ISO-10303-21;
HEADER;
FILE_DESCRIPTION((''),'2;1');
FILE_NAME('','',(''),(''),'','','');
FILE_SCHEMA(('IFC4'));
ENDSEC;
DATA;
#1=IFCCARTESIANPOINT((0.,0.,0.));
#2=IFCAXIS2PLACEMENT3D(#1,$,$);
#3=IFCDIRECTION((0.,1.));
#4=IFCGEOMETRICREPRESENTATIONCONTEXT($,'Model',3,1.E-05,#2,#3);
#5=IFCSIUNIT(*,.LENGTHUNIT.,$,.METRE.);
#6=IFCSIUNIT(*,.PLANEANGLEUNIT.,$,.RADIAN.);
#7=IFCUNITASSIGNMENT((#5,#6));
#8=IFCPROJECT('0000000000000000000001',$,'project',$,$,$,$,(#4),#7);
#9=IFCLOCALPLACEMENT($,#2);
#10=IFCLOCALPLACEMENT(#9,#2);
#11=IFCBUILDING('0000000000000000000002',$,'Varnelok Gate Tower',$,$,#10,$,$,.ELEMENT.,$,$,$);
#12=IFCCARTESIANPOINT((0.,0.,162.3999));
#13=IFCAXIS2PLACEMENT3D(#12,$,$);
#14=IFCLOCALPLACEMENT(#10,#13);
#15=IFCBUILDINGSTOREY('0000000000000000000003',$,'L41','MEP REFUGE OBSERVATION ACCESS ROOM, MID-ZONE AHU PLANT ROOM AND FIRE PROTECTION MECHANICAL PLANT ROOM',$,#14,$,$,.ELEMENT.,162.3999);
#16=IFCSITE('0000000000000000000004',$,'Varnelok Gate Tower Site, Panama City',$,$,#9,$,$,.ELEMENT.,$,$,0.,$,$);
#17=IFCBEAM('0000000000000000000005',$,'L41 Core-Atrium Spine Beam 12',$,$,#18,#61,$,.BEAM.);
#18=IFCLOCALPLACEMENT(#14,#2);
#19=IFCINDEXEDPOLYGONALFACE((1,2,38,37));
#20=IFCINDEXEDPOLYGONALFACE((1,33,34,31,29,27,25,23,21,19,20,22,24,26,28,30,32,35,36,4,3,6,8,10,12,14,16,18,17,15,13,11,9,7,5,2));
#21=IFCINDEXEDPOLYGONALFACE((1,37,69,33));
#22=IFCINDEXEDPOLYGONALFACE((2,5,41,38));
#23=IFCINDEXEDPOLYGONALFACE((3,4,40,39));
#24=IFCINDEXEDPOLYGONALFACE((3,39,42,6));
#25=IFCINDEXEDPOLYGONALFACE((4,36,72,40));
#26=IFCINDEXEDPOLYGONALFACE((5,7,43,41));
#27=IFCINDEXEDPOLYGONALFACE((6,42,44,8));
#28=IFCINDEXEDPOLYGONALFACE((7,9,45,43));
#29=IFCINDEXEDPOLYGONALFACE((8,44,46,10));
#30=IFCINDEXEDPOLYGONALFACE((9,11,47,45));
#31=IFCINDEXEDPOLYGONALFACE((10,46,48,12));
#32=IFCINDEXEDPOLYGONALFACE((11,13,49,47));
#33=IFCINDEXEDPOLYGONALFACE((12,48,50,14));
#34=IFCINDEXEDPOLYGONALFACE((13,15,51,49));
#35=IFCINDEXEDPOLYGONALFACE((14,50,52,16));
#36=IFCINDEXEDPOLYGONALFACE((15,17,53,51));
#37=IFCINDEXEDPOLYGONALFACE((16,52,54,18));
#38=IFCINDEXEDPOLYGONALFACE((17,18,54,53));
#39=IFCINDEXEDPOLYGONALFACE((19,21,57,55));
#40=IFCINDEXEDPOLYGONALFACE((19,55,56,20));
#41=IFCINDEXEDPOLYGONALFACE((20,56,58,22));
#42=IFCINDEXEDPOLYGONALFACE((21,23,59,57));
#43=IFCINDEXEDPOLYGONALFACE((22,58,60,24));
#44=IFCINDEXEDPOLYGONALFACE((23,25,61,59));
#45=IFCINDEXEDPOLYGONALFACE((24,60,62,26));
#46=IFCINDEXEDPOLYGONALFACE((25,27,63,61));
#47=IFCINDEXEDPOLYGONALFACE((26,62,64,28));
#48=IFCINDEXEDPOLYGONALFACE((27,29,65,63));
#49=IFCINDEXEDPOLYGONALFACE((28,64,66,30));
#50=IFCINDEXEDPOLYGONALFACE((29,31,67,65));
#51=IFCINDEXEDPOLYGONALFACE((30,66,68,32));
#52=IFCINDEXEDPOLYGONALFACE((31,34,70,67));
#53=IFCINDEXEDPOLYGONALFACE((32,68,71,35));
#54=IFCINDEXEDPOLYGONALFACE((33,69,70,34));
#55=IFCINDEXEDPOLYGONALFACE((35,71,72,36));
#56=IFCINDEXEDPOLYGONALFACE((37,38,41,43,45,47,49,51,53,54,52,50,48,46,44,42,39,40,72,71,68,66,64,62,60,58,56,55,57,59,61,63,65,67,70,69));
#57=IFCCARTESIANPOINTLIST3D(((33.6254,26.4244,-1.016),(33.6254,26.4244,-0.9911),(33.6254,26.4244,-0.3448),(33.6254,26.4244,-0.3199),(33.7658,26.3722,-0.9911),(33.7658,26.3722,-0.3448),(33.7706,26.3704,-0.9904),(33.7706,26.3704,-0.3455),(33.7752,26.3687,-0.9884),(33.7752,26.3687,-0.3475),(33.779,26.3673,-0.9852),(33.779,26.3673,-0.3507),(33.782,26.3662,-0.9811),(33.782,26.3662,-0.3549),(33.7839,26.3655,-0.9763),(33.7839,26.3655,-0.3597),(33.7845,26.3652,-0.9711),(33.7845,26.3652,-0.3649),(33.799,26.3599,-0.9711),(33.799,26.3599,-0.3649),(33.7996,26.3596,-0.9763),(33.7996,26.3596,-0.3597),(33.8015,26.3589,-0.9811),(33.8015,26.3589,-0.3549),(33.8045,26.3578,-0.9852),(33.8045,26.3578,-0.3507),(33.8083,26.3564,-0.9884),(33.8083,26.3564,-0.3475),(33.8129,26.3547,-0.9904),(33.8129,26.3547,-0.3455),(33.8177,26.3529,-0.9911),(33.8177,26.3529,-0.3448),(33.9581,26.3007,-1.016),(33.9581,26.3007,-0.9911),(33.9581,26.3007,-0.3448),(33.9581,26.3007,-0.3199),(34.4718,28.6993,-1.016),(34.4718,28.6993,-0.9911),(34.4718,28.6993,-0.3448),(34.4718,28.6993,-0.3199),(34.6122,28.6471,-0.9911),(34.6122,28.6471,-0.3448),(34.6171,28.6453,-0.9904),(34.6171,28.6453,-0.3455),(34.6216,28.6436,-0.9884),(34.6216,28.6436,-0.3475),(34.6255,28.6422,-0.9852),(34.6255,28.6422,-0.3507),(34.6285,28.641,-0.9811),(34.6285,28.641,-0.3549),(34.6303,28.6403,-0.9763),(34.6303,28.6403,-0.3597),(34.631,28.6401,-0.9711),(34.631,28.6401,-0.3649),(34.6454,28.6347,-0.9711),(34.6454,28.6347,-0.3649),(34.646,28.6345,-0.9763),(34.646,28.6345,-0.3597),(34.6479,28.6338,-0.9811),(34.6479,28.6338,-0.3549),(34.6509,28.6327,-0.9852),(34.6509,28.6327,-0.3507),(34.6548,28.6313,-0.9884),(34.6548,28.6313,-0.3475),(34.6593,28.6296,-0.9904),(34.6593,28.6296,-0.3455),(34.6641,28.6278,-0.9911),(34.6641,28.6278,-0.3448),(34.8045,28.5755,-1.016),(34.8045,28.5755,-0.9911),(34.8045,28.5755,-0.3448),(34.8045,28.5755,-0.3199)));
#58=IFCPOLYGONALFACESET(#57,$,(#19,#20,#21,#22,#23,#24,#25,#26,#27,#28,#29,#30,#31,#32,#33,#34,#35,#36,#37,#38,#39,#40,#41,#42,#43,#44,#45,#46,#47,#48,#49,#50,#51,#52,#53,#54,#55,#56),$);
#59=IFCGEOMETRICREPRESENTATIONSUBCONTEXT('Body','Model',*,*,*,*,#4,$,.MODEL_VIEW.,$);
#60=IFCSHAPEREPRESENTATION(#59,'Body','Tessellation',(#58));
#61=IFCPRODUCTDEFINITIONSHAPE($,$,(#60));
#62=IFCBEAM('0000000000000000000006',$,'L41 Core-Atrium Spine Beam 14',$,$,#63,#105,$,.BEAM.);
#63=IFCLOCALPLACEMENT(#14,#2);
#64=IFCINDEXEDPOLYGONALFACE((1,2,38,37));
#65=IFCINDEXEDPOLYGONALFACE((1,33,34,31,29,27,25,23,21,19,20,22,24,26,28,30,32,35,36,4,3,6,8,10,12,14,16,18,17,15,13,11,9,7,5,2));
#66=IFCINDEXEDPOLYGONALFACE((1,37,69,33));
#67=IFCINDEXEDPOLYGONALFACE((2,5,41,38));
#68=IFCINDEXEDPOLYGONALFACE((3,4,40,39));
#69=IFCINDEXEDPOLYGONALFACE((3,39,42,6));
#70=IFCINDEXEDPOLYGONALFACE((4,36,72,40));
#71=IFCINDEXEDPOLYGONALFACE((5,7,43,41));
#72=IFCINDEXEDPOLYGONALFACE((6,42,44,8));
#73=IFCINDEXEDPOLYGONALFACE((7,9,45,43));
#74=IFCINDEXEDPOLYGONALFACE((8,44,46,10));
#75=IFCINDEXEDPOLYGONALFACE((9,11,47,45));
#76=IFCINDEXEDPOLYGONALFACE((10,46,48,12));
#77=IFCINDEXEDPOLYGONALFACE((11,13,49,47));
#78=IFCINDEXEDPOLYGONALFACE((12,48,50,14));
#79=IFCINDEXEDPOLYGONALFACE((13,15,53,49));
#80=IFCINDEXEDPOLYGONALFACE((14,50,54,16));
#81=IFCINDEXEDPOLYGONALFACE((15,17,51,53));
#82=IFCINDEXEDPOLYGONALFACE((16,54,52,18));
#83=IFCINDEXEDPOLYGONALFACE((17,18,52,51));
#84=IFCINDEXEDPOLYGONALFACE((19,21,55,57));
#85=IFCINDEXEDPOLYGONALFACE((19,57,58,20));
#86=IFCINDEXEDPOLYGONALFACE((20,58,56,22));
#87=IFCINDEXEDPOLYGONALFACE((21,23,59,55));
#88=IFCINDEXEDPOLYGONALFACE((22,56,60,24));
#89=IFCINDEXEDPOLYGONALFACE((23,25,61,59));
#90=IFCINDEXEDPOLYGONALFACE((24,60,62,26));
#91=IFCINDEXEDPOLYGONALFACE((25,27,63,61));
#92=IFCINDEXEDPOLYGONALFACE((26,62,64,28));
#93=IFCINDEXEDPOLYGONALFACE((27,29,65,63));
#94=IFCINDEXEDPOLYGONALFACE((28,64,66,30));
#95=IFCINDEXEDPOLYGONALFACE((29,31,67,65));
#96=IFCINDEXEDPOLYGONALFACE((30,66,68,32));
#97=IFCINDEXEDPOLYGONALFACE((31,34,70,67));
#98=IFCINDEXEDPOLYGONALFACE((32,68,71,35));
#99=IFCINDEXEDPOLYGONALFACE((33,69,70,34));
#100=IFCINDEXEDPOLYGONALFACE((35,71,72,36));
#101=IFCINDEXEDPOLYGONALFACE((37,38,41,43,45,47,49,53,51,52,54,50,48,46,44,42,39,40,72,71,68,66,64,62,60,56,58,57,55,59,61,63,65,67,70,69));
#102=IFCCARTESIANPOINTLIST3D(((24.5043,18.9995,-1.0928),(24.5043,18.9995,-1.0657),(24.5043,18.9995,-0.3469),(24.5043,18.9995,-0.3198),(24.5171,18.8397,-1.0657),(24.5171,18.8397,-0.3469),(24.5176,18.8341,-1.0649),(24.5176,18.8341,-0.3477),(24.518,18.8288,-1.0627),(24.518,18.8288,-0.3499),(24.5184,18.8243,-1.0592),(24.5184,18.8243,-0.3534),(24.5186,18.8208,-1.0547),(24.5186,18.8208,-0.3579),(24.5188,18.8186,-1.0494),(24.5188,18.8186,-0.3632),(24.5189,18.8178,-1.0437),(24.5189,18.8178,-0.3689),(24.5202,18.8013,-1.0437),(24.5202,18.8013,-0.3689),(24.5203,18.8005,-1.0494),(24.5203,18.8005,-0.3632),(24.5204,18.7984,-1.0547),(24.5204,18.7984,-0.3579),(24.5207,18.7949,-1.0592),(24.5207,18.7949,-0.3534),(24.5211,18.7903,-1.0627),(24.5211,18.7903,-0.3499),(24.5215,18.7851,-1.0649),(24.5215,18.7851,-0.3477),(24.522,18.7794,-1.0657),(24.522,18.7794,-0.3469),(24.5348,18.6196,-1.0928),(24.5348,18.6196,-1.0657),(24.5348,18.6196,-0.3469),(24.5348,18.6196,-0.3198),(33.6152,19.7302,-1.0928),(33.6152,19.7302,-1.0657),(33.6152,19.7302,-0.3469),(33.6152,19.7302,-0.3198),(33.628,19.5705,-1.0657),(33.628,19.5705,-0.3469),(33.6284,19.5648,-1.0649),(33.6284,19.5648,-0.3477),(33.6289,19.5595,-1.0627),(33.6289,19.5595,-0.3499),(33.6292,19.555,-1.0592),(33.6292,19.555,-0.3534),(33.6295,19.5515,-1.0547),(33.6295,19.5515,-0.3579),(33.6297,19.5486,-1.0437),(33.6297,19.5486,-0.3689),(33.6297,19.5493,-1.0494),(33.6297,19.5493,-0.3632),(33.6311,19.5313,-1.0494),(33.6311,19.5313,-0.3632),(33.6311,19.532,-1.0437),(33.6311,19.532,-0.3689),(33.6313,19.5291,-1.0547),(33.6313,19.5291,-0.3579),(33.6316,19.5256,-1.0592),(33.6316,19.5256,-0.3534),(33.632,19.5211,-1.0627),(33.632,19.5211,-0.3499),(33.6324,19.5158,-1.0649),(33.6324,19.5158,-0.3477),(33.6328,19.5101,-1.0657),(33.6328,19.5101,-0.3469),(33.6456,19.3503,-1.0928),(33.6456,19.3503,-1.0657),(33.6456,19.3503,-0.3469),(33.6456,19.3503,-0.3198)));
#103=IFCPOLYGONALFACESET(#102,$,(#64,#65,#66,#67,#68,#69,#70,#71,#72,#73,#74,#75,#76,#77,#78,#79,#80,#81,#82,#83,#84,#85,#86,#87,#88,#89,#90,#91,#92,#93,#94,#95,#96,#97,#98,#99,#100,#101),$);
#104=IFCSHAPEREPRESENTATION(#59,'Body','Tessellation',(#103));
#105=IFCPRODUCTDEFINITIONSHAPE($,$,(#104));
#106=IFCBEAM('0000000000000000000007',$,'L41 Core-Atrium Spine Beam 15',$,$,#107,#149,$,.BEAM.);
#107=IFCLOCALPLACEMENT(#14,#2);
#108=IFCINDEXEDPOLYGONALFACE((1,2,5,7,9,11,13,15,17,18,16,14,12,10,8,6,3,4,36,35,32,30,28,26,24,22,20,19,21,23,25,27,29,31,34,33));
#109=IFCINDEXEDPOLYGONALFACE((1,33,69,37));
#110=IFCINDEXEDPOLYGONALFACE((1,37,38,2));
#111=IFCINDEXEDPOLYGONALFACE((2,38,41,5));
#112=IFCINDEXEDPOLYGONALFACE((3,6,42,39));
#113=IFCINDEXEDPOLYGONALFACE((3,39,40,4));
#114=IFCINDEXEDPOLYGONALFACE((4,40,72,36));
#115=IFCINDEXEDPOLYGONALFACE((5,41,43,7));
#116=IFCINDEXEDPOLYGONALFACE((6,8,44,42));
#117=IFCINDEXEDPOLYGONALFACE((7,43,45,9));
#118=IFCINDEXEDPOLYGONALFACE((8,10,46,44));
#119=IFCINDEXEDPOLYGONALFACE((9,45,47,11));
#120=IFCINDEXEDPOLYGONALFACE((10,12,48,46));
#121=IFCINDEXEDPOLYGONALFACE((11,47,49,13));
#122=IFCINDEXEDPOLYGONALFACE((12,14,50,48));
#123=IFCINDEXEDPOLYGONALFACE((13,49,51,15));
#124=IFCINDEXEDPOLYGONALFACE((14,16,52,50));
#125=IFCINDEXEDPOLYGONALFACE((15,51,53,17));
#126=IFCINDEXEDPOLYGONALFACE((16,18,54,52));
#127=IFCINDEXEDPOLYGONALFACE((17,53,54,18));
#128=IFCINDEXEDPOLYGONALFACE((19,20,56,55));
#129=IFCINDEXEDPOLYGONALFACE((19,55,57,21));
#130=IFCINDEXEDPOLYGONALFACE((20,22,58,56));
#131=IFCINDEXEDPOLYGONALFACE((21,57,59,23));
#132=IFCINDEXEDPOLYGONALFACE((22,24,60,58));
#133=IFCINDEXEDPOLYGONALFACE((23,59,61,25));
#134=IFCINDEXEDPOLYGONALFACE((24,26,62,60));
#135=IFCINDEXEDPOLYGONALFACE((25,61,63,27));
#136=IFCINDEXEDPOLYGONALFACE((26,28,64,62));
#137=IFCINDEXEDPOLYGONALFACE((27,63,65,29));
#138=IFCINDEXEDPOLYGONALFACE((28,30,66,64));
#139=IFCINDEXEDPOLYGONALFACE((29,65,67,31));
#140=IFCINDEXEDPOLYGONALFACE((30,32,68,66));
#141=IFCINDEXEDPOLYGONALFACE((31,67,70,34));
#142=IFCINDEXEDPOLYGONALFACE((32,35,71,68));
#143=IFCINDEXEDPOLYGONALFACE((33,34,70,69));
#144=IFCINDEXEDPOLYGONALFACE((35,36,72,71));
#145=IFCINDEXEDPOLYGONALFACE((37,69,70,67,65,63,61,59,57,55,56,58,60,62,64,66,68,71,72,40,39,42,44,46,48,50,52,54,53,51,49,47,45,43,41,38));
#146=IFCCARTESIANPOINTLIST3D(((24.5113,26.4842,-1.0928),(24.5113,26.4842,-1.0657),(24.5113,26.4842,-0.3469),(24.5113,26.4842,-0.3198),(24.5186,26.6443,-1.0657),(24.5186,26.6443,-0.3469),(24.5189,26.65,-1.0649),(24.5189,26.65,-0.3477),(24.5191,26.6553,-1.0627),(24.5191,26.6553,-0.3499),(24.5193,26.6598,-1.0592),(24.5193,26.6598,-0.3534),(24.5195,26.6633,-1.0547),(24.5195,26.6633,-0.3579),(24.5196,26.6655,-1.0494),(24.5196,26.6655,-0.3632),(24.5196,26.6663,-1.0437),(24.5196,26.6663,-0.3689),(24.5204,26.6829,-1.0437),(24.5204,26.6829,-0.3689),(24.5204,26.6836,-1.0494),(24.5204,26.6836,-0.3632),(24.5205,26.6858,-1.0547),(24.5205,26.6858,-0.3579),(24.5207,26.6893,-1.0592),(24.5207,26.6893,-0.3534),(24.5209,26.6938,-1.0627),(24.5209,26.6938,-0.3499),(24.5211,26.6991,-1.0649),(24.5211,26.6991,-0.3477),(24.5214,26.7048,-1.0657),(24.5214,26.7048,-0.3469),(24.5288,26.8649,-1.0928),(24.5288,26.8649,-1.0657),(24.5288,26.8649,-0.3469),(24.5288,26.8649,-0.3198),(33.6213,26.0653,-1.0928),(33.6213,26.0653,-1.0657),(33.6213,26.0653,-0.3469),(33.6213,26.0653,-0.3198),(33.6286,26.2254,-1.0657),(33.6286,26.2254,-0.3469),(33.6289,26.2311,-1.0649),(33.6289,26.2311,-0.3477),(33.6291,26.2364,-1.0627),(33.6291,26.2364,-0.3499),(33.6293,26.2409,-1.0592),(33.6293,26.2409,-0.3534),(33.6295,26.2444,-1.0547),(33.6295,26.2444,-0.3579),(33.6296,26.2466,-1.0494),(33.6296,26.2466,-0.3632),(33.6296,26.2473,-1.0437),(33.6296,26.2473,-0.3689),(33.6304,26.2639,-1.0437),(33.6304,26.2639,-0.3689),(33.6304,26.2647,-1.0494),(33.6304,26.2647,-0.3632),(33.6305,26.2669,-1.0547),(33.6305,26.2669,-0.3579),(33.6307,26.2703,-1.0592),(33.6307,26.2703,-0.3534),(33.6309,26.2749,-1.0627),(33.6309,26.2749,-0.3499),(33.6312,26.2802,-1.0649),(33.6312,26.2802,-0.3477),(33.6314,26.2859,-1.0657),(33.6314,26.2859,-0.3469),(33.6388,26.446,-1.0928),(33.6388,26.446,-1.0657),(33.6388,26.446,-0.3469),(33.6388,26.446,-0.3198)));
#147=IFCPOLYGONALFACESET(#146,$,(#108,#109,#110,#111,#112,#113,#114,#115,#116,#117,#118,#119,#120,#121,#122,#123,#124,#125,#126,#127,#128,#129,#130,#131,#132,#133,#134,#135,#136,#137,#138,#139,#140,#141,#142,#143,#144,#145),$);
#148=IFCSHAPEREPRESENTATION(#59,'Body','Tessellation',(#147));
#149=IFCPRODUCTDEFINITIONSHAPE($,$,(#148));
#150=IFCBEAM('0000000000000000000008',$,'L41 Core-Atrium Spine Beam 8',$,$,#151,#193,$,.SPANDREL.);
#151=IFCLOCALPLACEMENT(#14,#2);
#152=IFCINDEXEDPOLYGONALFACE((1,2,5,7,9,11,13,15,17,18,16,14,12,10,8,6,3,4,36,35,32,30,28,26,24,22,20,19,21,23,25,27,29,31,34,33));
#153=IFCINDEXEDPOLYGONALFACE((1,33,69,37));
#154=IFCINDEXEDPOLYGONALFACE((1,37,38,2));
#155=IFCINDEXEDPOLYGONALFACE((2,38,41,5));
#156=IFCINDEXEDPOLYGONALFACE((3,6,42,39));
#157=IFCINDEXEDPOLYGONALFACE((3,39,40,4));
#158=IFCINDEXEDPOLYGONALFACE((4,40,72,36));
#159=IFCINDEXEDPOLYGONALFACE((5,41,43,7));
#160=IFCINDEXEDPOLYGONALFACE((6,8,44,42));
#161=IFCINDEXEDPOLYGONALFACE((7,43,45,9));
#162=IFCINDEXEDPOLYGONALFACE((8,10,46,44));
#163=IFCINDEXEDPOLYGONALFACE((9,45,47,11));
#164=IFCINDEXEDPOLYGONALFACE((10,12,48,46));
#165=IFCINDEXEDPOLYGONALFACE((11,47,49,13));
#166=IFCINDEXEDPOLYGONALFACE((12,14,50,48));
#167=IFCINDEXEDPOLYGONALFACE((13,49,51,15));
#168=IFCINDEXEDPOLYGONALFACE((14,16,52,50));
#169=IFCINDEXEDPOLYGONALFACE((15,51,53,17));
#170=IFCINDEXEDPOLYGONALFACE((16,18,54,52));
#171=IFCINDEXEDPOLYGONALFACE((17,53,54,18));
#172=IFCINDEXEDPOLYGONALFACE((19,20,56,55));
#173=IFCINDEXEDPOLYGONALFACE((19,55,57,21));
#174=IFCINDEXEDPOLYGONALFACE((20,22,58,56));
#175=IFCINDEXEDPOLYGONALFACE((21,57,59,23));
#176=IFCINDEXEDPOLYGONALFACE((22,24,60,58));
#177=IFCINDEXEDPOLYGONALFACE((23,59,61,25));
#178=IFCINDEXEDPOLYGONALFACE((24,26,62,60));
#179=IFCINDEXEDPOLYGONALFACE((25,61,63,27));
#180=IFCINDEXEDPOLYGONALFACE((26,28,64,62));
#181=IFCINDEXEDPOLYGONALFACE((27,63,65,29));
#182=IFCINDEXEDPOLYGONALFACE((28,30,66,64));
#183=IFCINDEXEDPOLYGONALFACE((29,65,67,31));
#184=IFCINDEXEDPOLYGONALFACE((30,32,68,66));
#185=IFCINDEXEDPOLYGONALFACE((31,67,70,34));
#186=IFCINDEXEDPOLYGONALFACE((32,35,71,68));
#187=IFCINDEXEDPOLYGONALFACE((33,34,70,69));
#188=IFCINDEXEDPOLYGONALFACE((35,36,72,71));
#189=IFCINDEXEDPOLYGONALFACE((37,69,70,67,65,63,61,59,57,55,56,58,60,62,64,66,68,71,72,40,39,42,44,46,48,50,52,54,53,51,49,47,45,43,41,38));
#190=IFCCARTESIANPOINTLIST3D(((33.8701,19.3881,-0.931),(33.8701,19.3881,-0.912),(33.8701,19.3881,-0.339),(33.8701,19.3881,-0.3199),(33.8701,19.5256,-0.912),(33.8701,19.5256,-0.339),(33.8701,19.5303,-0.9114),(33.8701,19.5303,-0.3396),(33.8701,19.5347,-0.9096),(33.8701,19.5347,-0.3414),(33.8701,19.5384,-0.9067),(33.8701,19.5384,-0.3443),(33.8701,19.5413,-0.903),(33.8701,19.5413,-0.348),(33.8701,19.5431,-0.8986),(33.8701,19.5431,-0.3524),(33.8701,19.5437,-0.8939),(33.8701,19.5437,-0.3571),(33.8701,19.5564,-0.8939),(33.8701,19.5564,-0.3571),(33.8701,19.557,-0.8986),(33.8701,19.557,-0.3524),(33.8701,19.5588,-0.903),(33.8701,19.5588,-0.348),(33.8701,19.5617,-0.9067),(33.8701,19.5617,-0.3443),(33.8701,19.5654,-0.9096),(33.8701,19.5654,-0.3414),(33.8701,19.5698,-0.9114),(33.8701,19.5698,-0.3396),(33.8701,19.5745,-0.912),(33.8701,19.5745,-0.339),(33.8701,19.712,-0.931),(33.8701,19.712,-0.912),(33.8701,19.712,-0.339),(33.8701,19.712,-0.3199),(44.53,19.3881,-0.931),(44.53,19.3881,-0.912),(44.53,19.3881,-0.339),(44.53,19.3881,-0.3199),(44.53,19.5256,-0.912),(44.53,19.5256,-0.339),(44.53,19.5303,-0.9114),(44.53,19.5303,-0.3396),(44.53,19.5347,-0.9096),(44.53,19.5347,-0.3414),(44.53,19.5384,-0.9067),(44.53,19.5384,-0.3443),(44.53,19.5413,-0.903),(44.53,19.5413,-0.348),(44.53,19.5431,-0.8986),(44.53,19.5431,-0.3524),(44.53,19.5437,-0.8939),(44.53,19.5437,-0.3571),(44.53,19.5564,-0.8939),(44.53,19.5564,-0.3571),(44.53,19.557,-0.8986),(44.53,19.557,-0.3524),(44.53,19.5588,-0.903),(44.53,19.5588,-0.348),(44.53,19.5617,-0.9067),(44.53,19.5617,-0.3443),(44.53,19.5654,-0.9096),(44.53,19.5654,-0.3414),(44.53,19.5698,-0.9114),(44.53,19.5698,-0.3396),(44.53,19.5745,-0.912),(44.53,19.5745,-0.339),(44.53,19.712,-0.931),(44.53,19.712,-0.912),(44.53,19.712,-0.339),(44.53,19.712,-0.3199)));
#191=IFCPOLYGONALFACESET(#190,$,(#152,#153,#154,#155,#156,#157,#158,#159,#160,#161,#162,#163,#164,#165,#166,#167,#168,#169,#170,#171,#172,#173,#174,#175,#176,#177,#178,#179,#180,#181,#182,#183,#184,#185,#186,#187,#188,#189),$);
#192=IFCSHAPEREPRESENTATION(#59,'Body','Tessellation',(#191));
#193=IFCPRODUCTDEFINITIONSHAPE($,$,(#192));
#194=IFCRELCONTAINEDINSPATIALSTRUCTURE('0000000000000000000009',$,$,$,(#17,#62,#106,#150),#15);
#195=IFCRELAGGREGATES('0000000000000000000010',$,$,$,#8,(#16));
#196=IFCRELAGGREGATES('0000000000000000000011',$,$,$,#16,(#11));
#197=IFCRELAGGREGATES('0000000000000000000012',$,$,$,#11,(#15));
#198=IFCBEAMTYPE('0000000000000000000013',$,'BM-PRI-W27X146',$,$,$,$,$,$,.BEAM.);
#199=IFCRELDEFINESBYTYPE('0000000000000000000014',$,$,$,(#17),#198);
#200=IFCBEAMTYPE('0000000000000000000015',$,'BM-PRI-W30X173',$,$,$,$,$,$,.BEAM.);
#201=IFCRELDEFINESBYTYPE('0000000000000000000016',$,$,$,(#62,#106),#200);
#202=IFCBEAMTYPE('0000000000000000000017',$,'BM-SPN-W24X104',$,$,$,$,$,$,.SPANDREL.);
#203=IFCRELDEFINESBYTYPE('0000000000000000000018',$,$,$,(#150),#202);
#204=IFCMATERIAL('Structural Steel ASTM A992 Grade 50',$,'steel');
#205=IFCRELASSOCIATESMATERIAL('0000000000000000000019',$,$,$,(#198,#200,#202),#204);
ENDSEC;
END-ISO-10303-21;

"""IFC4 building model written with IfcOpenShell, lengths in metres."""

from ifc_helpers import new_model, si_unit, direction, frame, origin, origin_2d, place, context, subcontext, project, spatial, i_section, extrude, material, material_profile, profile_set, type_object, element, save


model = new_model("IFC4")

# Units and contexts
model_context = context("Model", 3, precision=1e-05, world=origin(), true_north=direction((0.0, 1.0)))
body_context = subcontext(model_context, "Body", "Model", "MODEL_VIEW")
ifc_project = project(units=[si_unit("LENGTHUNIT", "METRE"), si_unit("PLANEANGLEUNIT", "RADIAN")], contexts=[model_context])

# Site, building, storey
site_placement = place(None, origin())
site = spatial("IfcSite", under=ifc_project, at=site_placement, Name="Varnelok Gate Tower Site, Panama City", CompositionType="ELEMENT", RefElevation=0.0)
building_placement = place(site_placement, origin())
building = spatial("IfcBuilding", under=site, at=building_placement, Name="Varnelok Gate Tower", CompositionType="ELEMENT")
storey_placement = place(building_placement, frame((0.0, 0.0, 162.3999)))
storey = spatial("IfcBuildingStorey", under=building, at=storey_placement, Name="L41", Description="MEP REFUGE OBSERVATION ACCESS ROOM, MID-ZONE AHU PLANT ROOM AND FIRE PROTECTION MECHANICAL PLANT ROOM", CompositionType="ELEMENT", Elevation=162.3999)

# Shared definitions
ifc_material_1 = material(Name="Structural Steel ASTM A992 Grade 50", Category="steel")

# Beams
ifc_material_profile_1 = material_profile(ifc_material_1, i_section(OverallWidth=0.355, OverallDepth=0.696, WebThickness=0.0154, FlangeThickness=0.0249, FilletRadius=0.02, at=origin_2d()), Name="W27X146")
ifc_profile_set_1 = profile_set([ifc_material_profile_1], Name="Structural Steel ASTM A992 Grade 50")
beam_type_1 = type_object("IfcBeamType", Name="BM-PRI-W27X146", PredefinedType="BEAM", material=ifc_profile_set_1)
beam_1_placement = place(storey_placement, frame((33.7917, 26.3625, -0.668), z_axis=(0.348719, 0.937227, 0.0), x_axis=(-0.937227, 0.348719, 0.0)))
element("IfcBeam", 1, at=beam_1_placement, inside=storey, type_object=beam_type_1, Name="L41 Core-Atrium Spine Beam 12", PredefinedType="BEAM", context=body_context, shape_type="SweptSolid", body=[
    extrude(i_section(OverallWidth=0.355, OverallDepth=0.696, WebThickness=0.0154, FlangeThickness=0.0249, FilletRadius=0.02, at=origin_2d()), origin(), (0.0, 0.0, 1.0), 2.4272),
])
ifc_material_profile_2 = material_profile(ifc_material_1, i_section(OverallWidth=0.3811, OverallDepth=0.7729, WebThickness=0.0166, FlangeThickness=0.0271, FilletRadius=0.022, at=origin_2d()), Name="W30X173")
ifc_profile_set_2 = profile_set([ifc_material_profile_2], Name="Structural Steel ASTM A992 Grade 50")
beam_type_2 = type_object("IfcBeamType", Name="BM-PRI-W30X173", PredefinedType="BEAM", material=ifc_profile_set_2)
beam_2_placement = place(storey_placement, frame((24.5195, 18.8096, -0.7063), z_axis=(0.996799, 0.079946, 0.0), x_axis=(-0.079946, 0.996799, 0.0)))
element("IfcBeam", 2, at=beam_2_placement, inside=storey, type_object=beam_type_2, Name="L41 Core-Atrium Spine Beam 14", PredefinedType="BEAM", context=body_context, shape_type="SweptSolid", body=[
    extrude(i_section(OverallWidth=0.3811, OverallDepth=0.7729, WebThickness=0.0166, FlangeThickness=0.0271, FilletRadius=0.022, at=origin_2d()), origin(), (0.0, 0.0, 1.0), 9.1401),
])
beam_3_placement = place(storey_placement, frame((24.52, 26.6746, -0.7063), z_axis=(0.998944, -0.045938, 0.0), x_axis=(0.045938, 0.998944, 0.0)))
element("IfcBeam", 3, at=beam_3_placement, inside=storey, type_object=beam_type_2, Name="L41 Core-Atrium Spine Beam 15", PredefinedType="BEAM", context=body_context, shape_type="SweptSolid", body=[
    extrude(i_section(OverallWidth=0.3811, OverallDepth=0.7729, WebThickness=0.0166, FlangeThickness=0.0271, FilletRadius=0.022, at=origin_2d()), origin(), (0.0, 0.0, 1.0), 9.1196),
])
ifc_material_profile_3 = material_profile(ifc_material_1, i_section(OverallWidth=0.324, OverallDepth=0.6111, WebThickness=0.0127, FlangeThickness=0.019, FilletRadius=0.0181, at=origin_2d()), Name="W24X104")
ifc_profile_set_3 = profile_set([ifc_material_profile_3], Name="Structural Steel ASTM A992 Grade 50")
beam_type_3 = type_object("IfcBeamType", Name="BM-SPN-W24X104", PredefinedType="SPANDREL", material=ifc_profile_set_3)
for number, where, z_axis, x_axis, name in (
    (4, (33.8701, 19.55, -0.6255), (1.0, 0.0, 0.0), (0.0, 1.0, 0.0), "L41 Core-Atrium Spine Beam 8"),
):
    element("IfcBeam", number, at=place(storey_placement, frame(where, z_axis=z_axis, x_axis=x_axis)), inside=storey, type_object=beam_type_3, Name=name, PredefinedType="SPANDREL", context=body_context, shape_type="SweptSolid", body=[
        extrude(i_section(OverallWidth=0.324, OverallDepth=0.6111, WebThickness=0.0127, FlangeThickness=0.019, FilletRadius=0.0181, at=origin_2d()), origin(), (0.0, 0.0, 1.0), 10.6599),
    ])

save(model, "model.ifc")
